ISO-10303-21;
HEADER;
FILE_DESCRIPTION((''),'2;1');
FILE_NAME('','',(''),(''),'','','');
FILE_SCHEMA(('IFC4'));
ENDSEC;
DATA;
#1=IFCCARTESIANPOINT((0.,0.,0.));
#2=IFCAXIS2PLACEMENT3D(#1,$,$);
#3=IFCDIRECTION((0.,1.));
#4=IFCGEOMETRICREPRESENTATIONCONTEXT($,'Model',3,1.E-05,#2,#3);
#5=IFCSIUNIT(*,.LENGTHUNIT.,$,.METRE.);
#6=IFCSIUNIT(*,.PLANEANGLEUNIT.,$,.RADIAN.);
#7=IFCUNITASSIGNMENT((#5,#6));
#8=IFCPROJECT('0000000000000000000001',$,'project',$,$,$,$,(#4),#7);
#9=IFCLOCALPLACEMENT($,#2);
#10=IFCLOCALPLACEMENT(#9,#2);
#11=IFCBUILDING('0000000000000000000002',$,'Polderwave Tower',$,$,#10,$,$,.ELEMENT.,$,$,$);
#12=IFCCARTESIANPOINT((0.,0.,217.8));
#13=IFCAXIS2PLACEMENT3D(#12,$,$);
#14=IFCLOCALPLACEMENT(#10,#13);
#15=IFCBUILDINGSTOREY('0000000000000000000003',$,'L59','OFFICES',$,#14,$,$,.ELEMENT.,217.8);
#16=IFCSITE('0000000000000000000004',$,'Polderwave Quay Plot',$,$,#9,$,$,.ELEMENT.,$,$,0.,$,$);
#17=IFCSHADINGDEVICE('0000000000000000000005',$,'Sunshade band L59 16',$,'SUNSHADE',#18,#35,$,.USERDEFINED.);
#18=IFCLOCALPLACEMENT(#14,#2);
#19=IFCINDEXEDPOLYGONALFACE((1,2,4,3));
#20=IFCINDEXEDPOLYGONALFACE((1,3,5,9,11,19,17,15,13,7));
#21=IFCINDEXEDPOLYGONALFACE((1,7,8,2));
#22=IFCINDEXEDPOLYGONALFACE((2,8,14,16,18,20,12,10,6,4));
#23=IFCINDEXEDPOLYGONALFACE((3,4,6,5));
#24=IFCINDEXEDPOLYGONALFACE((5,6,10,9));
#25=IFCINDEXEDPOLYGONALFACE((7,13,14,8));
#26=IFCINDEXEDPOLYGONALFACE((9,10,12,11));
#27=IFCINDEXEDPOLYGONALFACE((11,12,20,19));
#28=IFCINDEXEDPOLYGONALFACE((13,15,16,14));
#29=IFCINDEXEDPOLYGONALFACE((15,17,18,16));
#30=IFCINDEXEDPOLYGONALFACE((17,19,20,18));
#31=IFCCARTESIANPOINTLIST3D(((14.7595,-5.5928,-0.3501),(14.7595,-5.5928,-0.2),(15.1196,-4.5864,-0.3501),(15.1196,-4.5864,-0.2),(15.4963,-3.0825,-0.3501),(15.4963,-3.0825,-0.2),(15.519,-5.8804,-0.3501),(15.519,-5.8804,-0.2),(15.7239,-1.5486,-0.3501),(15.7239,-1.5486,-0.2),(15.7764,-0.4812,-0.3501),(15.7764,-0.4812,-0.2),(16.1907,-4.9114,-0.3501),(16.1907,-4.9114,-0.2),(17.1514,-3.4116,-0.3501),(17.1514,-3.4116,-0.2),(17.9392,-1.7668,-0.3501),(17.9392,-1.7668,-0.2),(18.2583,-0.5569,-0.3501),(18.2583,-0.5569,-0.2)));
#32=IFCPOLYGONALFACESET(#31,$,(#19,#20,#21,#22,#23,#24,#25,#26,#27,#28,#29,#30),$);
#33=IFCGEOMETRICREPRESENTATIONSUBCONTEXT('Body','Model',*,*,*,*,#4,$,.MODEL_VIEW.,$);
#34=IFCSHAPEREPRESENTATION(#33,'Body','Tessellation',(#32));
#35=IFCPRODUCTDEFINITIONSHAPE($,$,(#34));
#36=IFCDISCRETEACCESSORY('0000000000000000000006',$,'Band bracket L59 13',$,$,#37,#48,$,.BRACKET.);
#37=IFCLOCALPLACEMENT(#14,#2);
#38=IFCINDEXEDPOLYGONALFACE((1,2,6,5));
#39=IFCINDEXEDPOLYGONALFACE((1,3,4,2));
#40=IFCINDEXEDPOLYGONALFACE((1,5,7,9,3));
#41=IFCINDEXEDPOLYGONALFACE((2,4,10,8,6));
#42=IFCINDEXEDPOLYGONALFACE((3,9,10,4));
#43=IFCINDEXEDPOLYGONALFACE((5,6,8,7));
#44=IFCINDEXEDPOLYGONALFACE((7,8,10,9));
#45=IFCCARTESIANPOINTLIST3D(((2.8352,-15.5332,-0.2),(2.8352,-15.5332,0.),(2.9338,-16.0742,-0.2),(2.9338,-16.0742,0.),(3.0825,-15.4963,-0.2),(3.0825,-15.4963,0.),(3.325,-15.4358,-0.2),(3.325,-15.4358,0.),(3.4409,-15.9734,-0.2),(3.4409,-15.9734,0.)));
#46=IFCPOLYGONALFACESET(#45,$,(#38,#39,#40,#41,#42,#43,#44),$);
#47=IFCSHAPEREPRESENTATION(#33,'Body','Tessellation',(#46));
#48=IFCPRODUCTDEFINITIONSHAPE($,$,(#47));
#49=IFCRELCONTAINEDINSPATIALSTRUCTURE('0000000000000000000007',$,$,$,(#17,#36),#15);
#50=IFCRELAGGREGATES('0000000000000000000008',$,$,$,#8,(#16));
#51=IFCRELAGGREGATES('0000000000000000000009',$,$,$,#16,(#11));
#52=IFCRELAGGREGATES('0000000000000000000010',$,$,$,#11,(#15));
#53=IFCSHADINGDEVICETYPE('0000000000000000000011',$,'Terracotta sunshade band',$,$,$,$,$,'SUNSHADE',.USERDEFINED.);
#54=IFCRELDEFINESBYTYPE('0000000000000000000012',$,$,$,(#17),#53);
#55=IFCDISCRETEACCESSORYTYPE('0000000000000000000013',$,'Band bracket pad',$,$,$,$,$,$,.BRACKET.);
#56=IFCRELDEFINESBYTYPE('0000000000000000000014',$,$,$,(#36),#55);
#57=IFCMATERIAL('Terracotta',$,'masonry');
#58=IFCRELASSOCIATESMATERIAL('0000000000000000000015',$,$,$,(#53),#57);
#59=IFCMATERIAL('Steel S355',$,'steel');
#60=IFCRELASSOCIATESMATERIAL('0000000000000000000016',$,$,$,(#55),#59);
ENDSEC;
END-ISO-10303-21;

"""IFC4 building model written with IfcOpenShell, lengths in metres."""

from ifc_helpers import new_model, si_unit, direction, frame, origin, place, context, subcontext, project, spatial, polyline, outline, extrude, material, type_object, element, save


model = new_model("IFC4")

# Units and contexts
model_context = context("Model", 3, precision=1e-05, world=origin(), true_north=direction((0.0, 1.0)))
body_context = subcontext(model_context, "Body", "Model", "MODEL_VIEW")
ifc_project = project(units=[si_unit("LENGTHUNIT", "METRE"), si_unit("PLANEANGLEUNIT", "RADIAN")], contexts=[model_context])

# Site, building, storey
site_placement = place(None, origin())
site = spatial("IfcSite", under=ifc_project, at=site_placement, Name="Polderwave Quay Plot", CompositionType="ELEMENT", RefElevation=0.0)
building_placement = place(site_placement, origin())
building = spatial("IfcBuilding", under=site, at=building_placement, Name="Polderwave Tower", CompositionType="ELEMENT")
storey_placement = place(building_placement, frame((0.0, 0.0, 217.8)))
storey = spatial("IfcBuildingStorey", under=building, at=storey_placement, Name="L59", Description="OFFICES", CompositionType="ELEMENT", Elevation=217.8)

# Shading device
ifc_material_1 = material(Name="Terracotta", Category="masonry")
shading_device_type = type_object("IfcShadingDeviceType", Name="Terracotta sunshade band", ElementType="SUNSHADE", PredefinedType="USERDEFINED", material=ifc_material_1)
shading_device_1_placement = place(storey_placement, frame((0.0, 0.0, -0.3501)))
element("IfcShadingDevice", 1, at=shading_device_1_placement, inside=storey, type_object=shading_device_type, Name="Sunshade band L59 16", ObjectType="SUNSHADE", PredefinedType="USERDEFINED", context=body_context, shape_type="SweptSolid", body=[
    extrude(outline(polyline([(14.7595, -5.5928), (15.1196, -4.5864), (15.4963, -3.0825), (15.7239, -1.5486), (15.7764, -0.4812), (18.2583, -0.5569), (17.9392, -1.7668), (17.1514, -3.4116), (16.1907, -4.9114), (15.519, -5.8804), (14.7595, -5.5928)])), origin(), (0.0, 0.0, 1.0), 0.1501),
])

# Discrete accessory
ifc_material_2 = material(Name="Steel S355", Category="steel")
discrete_accessory_type = type_object("IfcDiscreteAccessoryType", Name="Band bracket pad", PredefinedType="BRACKET", material=ifc_material_2)
discrete_accessory_placement = place(storey_placement, frame((0.0, 0.0, -0.2)))
element("IfcDiscreteAccessory", 2, at=discrete_accessory_placement, inside=storey, type_object=discrete_accessory_type, Name="Band bracket L59 13", PredefinedType="BRACKET", context=body_context, shape_type="SweptSolid", body=[
    extrude(outline(polyline([(2.8352, -15.5332), (3.0825, -15.4963), (3.325, -15.4358), (3.4409, -15.9734), (2.9338, -16.0742), (2.8352, -15.5332)])), origin(), (0.0, 0.0, 1.0), 0.2),
])

save(model, "model.ifc")
